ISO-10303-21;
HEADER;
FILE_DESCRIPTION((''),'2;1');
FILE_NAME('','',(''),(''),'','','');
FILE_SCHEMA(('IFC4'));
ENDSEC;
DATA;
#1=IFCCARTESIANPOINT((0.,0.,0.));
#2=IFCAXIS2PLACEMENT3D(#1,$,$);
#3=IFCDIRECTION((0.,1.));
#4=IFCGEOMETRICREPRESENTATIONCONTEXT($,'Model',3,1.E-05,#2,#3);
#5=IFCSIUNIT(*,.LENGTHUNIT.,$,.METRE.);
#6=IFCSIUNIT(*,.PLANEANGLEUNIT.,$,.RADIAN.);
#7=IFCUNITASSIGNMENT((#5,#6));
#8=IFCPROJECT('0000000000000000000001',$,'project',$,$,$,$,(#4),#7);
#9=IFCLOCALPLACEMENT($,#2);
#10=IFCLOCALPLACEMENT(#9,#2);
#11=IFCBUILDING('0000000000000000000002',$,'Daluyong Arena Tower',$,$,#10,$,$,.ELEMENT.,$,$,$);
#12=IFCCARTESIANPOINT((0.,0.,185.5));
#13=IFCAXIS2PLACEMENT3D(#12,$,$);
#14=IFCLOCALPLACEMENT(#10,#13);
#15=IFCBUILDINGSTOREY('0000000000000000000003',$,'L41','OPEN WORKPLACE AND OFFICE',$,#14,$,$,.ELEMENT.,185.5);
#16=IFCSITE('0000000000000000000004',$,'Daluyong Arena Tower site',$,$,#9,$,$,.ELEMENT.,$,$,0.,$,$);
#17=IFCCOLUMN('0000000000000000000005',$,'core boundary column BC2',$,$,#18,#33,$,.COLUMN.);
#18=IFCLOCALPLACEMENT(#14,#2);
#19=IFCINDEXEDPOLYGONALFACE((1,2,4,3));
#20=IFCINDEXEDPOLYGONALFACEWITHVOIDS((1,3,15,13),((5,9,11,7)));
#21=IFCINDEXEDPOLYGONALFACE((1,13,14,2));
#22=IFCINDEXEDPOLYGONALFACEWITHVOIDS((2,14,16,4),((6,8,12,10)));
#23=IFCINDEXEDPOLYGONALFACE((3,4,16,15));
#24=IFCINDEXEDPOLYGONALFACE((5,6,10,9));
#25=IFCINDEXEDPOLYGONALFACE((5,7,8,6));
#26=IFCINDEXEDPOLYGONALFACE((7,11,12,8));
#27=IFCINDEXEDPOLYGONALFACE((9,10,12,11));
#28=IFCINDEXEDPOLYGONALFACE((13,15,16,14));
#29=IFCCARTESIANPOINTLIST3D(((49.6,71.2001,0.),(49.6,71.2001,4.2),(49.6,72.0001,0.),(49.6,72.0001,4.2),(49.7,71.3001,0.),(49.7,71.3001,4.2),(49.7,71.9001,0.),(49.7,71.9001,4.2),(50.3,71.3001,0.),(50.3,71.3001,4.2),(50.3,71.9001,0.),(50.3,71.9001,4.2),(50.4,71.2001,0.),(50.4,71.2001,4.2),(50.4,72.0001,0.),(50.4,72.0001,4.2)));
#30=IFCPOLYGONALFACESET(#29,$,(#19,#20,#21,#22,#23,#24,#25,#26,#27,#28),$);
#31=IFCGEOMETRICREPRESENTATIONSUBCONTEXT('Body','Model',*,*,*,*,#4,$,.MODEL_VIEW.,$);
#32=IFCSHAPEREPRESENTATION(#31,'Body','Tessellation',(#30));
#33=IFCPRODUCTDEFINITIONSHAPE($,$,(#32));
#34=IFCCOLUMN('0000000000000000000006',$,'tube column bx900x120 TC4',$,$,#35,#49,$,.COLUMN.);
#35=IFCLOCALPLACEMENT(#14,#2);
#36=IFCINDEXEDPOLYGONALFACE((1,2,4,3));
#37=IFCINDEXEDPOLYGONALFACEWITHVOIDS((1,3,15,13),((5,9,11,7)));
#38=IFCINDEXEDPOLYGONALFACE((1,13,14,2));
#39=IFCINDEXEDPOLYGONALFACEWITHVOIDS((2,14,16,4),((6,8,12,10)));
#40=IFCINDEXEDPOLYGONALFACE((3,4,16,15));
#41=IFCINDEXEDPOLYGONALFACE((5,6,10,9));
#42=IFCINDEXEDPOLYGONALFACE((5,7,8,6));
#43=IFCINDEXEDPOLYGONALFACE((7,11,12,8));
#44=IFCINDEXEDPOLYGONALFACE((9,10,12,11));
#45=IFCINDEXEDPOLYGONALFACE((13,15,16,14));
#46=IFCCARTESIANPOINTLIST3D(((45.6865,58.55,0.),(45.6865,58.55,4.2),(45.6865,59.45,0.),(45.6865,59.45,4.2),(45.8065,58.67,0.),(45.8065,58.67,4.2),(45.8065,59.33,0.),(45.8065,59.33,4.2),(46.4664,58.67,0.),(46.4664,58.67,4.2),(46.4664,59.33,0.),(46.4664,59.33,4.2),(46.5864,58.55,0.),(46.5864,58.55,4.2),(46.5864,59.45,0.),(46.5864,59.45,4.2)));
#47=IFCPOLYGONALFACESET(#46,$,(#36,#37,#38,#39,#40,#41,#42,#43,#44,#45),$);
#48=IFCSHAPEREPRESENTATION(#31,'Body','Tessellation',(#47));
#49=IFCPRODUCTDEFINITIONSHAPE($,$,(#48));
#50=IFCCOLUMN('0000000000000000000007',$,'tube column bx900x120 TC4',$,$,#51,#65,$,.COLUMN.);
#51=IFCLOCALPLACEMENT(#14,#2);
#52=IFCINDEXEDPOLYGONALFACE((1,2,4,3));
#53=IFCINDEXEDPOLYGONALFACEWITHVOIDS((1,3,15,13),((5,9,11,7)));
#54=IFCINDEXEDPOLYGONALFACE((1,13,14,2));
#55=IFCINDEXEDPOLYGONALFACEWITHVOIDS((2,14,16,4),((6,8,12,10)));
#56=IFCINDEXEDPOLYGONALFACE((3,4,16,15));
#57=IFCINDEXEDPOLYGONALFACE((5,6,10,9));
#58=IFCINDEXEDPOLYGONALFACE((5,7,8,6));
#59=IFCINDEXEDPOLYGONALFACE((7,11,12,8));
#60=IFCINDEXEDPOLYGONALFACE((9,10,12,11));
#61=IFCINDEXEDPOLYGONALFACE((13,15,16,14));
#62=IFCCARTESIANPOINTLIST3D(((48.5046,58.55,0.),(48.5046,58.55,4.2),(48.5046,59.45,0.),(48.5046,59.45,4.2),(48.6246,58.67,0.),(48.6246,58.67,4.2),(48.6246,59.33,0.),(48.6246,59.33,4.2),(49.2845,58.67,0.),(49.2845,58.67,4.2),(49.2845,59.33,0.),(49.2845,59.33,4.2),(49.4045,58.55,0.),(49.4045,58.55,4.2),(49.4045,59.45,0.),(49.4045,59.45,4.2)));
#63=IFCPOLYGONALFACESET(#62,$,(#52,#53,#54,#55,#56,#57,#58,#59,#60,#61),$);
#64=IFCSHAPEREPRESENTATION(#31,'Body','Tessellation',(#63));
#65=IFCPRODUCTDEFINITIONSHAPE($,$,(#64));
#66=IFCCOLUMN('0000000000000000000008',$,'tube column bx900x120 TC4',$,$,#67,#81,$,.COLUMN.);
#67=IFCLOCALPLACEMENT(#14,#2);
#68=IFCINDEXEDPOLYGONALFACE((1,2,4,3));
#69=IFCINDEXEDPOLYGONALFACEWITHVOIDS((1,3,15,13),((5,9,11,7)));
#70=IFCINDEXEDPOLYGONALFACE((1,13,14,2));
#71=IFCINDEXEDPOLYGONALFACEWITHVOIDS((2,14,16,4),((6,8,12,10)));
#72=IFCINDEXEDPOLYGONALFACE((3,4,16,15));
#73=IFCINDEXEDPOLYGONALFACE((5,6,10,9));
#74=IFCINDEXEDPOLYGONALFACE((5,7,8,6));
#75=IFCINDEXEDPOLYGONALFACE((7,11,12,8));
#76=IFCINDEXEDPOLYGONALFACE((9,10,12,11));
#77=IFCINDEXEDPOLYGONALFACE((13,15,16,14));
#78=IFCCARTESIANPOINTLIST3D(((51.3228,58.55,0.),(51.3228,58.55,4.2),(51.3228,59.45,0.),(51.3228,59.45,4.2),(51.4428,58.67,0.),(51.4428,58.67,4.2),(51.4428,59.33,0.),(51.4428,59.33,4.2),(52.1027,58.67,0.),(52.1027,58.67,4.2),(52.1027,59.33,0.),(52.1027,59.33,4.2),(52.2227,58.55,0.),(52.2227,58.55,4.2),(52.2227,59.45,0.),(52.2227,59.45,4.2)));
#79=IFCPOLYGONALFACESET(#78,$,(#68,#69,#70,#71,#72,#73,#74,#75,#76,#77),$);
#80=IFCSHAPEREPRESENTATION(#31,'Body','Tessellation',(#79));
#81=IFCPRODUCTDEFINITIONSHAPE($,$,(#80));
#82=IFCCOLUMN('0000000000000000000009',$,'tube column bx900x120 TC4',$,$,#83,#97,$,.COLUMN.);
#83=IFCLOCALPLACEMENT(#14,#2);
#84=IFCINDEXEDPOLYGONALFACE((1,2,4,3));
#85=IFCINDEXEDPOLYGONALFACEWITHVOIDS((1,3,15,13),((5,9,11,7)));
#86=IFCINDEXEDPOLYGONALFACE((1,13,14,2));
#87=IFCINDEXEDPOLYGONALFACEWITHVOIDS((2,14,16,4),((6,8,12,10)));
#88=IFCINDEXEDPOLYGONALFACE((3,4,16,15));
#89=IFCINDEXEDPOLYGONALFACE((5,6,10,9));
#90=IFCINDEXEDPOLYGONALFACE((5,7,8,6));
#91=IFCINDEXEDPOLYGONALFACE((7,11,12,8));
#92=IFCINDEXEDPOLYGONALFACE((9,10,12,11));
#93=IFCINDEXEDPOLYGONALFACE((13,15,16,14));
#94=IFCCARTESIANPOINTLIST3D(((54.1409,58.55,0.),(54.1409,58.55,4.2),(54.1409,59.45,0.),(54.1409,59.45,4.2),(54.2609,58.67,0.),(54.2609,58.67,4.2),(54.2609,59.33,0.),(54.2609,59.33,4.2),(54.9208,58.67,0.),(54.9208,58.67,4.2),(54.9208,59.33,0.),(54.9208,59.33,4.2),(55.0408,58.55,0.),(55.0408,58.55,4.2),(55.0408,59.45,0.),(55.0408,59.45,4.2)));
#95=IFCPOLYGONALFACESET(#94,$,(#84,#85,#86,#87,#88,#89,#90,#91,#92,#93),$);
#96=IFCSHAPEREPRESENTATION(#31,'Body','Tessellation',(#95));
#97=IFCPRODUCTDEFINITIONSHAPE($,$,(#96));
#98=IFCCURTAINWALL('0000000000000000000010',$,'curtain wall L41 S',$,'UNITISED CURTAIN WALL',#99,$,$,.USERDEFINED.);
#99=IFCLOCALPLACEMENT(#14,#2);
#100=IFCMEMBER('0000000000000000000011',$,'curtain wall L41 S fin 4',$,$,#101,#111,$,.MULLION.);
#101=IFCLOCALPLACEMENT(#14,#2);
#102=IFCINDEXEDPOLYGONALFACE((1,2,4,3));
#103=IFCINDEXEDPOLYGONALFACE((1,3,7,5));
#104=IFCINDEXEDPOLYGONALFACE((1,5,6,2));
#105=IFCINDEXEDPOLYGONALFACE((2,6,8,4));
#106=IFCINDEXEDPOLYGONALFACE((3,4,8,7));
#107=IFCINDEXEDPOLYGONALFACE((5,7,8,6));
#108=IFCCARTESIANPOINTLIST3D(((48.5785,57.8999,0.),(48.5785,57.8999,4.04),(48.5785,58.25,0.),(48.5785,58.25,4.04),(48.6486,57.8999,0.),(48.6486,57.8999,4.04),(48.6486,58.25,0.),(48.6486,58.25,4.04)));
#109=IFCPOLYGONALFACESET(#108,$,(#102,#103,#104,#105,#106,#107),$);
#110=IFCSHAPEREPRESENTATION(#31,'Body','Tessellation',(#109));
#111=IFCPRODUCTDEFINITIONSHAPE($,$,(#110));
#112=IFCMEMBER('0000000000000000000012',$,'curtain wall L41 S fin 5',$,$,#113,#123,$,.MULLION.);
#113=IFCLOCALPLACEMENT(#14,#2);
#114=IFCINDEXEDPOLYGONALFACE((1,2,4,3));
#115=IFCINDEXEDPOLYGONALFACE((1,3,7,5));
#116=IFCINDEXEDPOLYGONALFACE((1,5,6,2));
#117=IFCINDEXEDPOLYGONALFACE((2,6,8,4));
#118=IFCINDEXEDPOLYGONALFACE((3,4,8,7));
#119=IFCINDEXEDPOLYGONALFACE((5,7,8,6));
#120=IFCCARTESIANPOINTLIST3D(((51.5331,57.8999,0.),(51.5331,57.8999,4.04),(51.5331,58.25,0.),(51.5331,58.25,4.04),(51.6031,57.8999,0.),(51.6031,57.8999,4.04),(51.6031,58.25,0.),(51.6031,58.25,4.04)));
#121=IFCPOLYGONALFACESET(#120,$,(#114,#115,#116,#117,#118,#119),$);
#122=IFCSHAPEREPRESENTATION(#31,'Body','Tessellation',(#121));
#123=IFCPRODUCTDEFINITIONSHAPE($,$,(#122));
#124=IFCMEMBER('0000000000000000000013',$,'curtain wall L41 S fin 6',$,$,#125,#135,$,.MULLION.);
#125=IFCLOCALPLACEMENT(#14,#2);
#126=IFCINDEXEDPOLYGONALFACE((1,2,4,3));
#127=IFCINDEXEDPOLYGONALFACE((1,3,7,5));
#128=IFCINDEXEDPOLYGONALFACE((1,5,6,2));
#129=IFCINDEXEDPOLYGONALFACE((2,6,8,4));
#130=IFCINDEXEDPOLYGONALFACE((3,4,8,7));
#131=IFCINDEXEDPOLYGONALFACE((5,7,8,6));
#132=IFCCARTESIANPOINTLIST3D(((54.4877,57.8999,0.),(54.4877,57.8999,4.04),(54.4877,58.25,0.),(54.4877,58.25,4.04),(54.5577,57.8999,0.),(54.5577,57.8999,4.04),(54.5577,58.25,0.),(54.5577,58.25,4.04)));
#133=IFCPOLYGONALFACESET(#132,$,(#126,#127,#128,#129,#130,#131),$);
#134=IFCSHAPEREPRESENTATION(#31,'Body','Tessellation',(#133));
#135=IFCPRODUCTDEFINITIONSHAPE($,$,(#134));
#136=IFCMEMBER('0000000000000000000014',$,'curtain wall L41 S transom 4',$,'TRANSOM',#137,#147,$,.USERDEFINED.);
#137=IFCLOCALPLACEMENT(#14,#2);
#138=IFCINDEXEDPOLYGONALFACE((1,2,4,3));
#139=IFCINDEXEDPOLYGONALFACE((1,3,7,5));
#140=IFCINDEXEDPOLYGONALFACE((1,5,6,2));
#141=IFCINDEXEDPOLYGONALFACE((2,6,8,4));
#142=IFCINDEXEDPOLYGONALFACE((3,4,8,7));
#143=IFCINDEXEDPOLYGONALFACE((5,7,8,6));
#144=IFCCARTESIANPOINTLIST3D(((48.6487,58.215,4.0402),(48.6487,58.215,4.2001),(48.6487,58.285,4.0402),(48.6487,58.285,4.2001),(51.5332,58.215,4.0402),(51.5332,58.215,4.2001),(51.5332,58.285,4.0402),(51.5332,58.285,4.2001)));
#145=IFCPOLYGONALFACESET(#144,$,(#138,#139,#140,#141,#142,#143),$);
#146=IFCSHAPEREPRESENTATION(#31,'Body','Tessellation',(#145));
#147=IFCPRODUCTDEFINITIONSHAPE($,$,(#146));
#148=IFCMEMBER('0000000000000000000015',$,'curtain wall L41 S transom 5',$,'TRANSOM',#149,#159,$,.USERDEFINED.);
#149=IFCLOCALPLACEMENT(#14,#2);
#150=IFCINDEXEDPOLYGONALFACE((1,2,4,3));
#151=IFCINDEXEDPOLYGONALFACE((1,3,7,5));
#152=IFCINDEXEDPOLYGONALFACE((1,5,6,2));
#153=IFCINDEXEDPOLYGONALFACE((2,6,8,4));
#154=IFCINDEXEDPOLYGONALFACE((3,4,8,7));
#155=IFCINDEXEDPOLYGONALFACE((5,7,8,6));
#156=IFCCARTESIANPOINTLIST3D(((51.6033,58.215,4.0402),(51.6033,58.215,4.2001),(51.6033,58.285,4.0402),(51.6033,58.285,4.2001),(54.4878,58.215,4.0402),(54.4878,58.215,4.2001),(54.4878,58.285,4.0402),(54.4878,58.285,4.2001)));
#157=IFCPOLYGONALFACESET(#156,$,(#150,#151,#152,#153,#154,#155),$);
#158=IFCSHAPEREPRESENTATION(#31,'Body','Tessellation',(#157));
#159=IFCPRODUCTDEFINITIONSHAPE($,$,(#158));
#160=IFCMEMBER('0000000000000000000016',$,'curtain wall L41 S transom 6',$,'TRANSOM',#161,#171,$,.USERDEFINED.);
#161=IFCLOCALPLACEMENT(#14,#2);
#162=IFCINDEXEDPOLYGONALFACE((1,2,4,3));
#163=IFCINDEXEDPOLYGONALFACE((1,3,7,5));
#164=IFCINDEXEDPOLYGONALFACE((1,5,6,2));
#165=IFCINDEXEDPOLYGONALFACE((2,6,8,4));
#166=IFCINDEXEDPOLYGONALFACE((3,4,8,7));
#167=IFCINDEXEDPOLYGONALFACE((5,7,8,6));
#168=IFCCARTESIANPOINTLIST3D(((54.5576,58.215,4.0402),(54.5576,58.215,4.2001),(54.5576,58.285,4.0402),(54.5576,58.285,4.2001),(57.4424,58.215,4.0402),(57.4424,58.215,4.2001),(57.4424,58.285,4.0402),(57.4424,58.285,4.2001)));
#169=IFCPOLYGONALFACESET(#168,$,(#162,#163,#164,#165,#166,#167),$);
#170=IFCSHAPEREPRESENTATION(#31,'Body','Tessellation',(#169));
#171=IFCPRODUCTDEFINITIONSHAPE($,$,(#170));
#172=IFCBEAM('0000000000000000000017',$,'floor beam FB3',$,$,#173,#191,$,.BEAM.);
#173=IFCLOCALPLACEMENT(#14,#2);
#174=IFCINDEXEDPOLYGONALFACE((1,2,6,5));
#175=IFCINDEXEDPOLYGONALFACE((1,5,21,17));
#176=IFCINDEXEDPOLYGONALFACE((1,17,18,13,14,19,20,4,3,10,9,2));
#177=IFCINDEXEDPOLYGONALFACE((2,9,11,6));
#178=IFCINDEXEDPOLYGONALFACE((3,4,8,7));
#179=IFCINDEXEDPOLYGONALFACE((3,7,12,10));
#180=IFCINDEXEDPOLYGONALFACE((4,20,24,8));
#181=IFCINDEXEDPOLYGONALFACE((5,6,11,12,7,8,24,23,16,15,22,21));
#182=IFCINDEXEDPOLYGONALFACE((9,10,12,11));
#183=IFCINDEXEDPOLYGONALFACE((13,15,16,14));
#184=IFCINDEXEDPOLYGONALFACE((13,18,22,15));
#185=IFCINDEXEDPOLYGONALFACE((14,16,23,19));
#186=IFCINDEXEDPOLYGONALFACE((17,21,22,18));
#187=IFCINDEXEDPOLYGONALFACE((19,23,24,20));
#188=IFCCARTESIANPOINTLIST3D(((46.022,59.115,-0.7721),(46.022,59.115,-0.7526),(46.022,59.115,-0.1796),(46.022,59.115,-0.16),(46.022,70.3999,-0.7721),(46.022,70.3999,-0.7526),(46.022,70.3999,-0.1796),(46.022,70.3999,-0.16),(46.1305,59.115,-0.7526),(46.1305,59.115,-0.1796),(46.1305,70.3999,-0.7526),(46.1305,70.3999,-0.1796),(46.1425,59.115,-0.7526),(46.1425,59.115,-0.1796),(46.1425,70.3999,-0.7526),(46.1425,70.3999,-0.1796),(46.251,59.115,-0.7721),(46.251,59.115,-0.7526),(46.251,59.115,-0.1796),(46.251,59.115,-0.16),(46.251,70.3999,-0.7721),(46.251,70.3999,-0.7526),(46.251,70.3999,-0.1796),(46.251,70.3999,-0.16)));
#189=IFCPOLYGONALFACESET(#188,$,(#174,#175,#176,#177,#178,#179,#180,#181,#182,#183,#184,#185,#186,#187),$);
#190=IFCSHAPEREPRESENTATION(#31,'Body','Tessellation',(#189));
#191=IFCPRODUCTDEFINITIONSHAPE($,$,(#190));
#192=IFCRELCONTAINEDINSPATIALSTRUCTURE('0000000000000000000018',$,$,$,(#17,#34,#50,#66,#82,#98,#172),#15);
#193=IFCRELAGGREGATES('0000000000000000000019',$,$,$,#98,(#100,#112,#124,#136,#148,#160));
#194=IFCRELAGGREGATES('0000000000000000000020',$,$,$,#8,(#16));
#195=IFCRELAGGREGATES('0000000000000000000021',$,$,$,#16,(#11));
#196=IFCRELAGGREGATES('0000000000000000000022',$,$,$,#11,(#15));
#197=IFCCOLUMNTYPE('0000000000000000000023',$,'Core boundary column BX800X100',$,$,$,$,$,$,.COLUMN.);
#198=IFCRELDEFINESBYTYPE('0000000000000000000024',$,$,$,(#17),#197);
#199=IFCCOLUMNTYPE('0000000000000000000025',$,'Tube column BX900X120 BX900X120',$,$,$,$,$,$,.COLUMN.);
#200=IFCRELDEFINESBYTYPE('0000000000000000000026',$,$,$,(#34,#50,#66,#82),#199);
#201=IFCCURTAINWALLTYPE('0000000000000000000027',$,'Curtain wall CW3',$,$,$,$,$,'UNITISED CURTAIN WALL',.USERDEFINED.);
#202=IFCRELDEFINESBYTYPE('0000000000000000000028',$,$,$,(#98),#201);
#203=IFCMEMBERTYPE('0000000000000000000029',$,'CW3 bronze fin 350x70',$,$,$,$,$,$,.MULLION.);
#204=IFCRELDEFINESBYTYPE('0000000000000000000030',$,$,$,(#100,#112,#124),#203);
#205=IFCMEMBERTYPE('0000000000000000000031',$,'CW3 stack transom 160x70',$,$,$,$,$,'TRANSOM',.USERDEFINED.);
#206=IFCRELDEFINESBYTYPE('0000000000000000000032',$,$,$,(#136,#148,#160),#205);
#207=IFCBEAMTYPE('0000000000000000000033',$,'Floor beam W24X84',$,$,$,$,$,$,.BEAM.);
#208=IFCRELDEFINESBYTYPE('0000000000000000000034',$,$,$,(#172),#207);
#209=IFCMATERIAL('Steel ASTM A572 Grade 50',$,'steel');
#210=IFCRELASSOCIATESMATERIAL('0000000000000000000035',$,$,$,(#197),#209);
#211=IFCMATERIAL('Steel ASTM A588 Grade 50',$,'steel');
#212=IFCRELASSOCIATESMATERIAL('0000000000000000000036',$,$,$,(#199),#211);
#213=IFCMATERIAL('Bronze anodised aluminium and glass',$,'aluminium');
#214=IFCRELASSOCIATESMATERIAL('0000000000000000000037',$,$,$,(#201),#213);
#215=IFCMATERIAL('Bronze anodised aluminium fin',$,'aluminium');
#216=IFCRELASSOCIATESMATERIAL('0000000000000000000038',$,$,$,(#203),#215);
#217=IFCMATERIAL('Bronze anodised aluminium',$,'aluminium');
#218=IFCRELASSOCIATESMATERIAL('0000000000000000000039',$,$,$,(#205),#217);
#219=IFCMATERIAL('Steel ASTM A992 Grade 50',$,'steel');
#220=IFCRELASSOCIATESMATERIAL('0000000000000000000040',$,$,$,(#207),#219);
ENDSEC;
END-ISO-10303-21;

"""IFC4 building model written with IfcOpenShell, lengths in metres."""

from ifc_helpers import new_model, si_unit, direction, frame, origin, origin_2d, place, context, subcontext, project, spatial, rectangle, hollow_rectangle, i_section, extrude, material, material_profile, profile_set, type_object, element, aggregate, save


model = new_model("IFC4")

# Units and contexts
model_context = context("Model", 3, precision=1e-05, world=origin(), true_north=direction((0.0, 1.0)))
body_context = subcontext(model_context, "Body", "Model", "MODEL_VIEW")
ifc_project = project(units=[si_unit("LENGTHUNIT", "METRE"), si_unit("PLANEANGLEUNIT", "RADIAN")], contexts=[model_context])

# Site, building, storey
site_placement = place(None, origin())
site = spatial("IfcSite", under=ifc_project, at=site_placement, Name="Daluyong Arena Tower site", CompositionType="ELEMENT", RefElevation=0.0)
building_placement = place(site_placement, origin())
building = spatial("IfcBuilding", under=site, at=building_placement, Name="Daluyong Arena Tower", CompositionType="ELEMENT")
storey_placement = place(building_placement, frame((0.0, 0.0, 185.5)))
storey = spatial("IfcBuildingStorey", under=building, at=storey_placement, Name="L41", Description="OPEN WORKPLACE AND OFFICE", CompositionType="ELEMENT", Elevation=185.5)

# Columns
ifc_material_1 = material(Name="Steel ASTM A572 Grade 50", Category="steel")
ifc_material_profile_1 = material_profile(ifc_material_1, hollow_rectangle(XDim=0.8, YDim=0.8, WallThickness=0.1, at=origin_2d()))
ifc_profile_set_1 = profile_set([ifc_material_profile_1], Name="Steel ASTM A572 Grade 50")
column_type_1 = type_object("IfcColumnType", Name="Core boundary column BX800X100", PredefinedType="COLUMN", material=ifc_profile_set_1)
column_placement = place(storey_placement, frame((50.0, 71.6001, 0.0), z_axis=(0.0, 0.0, 1.0), x_axis=(1.0, 0.0, 0.0)))
element("IfcColumn", 1, at=column_placement, inside=storey, type_object=column_type_1, Name="core boundary column BC2", PredefinedType="COLUMN", context=body_context, shape_type="SweptSolid", body=[
    extrude(hollow_rectangle(XDim=0.8, YDim=0.8, WallThickness=0.1, at=origin_2d()), origin(), (0.0, 0.0, 1.0), 4.2),
])
ifc_material_2 = material(Name="Steel ASTM A588 Grade 50", Category="steel")
ifc_material_profile_2 = material_profile(ifc_material_2, hollow_rectangle(XDim=0.8999, YDim=0.8999, WallThickness=0.12, at=origin_2d()))
ifc_profile_set_2 = profile_set([ifc_material_profile_2], Name="Steel ASTM A588 Grade 50")
column_type_2 = type_object("IfcColumnType", Name="Tube column BX900X120 BX900X120", PredefinedType="COLUMN", material=ifc_profile_set_2)
for number, where, z_axis, x_axis, name in (
    (2, (46.1365, 59.0, 0.0), (0.0, 0.0, 1.0), (1.0, 0.0, 0.0), "tube column bx900x120 TC4"),
    (3, (48.9546, 59.0, 0.0), (0.0, 0.0, 1.0), (1.0, 0.0, 0.0), "tube column bx900x120 TC4"),
    (4, (51.7727, 59.0, 0.0), (0.0, 0.0, 1.0), (1.0, 0.0, 0.0), "tube column bx900x120 TC4"),
    (5, (54.5908, 59.0, 0.0), (0.0, 0.0, 1.0), (1.0, 0.0, 0.0), "tube column bx900x120 TC4"),
):
    element("IfcColumn", number, at=place(storey_placement, frame(where, z_axis=z_axis, x_axis=x_axis)), inside=storey, type_object=column_type_2, Name=name, PredefinedType="COLUMN", context=body_context, shape_type="SweptSolid", body=[
        extrude(hollow_rectangle(XDim=0.8999, YDim=0.8999, WallThickness=0.12, at=origin_2d()), origin(), (0.0, 0.0, 1.0), 4.2),
    ])

# Curtain wall, members
ifc_material_3 = material(Name="Bronze anodised aluminium and glass", Category="aluminium")
curtain_wall_type = type_object("IfcCurtainWallType", Name="Curtain wall CW3", ElementType="UNITISED CURTAIN WALL", PredefinedType="USERDEFINED", material=ifc_material_3)
curtain_wall_placement = place(storey_placement, origin())
curtain_wall = element("IfcCurtainWall", 6, at=curtain_wall_placement, inside=storey, type_object=curtain_wall_type, Name="curtain wall L41 S", ObjectType="UNITISED CURTAIN WALL", PredefinedType="USERDEFINED")
ifc_material_4 = material(Name="Bronze anodised aluminium fin", Category="aluminium")
ifc_material_profile_3 = material_profile(ifc_material_4, rectangle(XDim=0.3501, YDim=0.0701, at=origin_2d()))
ifc_profile_set_3 = profile_set([ifc_material_profile_3], Name="Bronze anodised aluminium fin")
member_type_1 = type_object("IfcMemberType", Name="CW3 bronze fin 350x70", PredefinedType="MULLION", material=ifc_profile_set_3)
member_1_placement = place(storey_placement, frame((48.6135, 58.075, 0.0), z_axis=(0.0, 0.0, 1.0), x_axis=(0.0, 1.0, 0.0)))
member_1 = element("IfcMember", 7, at=member_1_placement, type_object=member_type_1, Name="curtain wall L41 S fin 4", PredefinedType="MULLION", context=body_context, shape_type="SweptSolid", body=[
    extrude(rectangle(XDim=0.3501, YDim=0.0701, at=origin_2d()), origin(), (0.0, 0.0, 1.0), 4.04),
])
member_2_placement = place(storey_placement, frame((51.5681, 58.075, 0.0), z_axis=(0.0, 0.0, 1.0), x_axis=(0.0, 1.0, 0.0)))
member_2 = element("IfcMember", 8, at=member_2_placement, type_object=member_type_1, Name="curtain wall L41 S fin 5", PredefinedType="MULLION", context=body_context, shape_type="SweptSolid", body=[
    extrude(rectangle(XDim=0.3501, YDim=0.0701, at=origin_2d()), origin(), (0.0, 0.0, 1.0), 4.04),
])
member_3_placement = place(storey_placement, frame((54.5227, 58.075, 0.0), z_axis=(0.0, 0.0, 1.0), x_axis=(0.0, 1.0, 0.0)))
member_3 = element("IfcMember", 9, at=member_3_placement, type_object=member_type_1, Name="curtain wall L41 S fin 6", PredefinedType="MULLION", context=body_context, shape_type="SweptSolid", body=[
    extrude(rectangle(XDim=0.3501, YDim=0.0701, at=origin_2d()), origin(), (0.0, 0.0, 1.0), 4.04),
])
ifc_material_5 = material(Name="Bronze anodised aluminium", Category="aluminium")
ifc_material_profile_4 = material_profile(ifc_material_5, rectangle(XDim=0.0701, YDim=0.1599, at=origin_2d()))
ifc_profile_set_4 = profile_set([ifc_material_profile_4], Name="Bronze anodised aluminium")
member_type_2 = type_object("IfcMemberType", Name="CW3 stack transom 160x70", ElementType="TRANSOM", PredefinedType="USERDEFINED", material=ifc_profile_set_4)
member_4_placement = place(storey_placement, frame((48.6487, 58.25, 4.1201), z_axis=(1.0, 0.0, 0.0), x_axis=(0.0, 1.0, 0.0)))
member_4 = element("IfcMember", 10, at=member_4_placement, type_object=member_type_2, Name="curtain wall L41 S transom 4", ObjectType="TRANSOM", PredefinedType="USERDEFINED", context=body_context, shape_type="SweptSolid", body=[
    extrude(rectangle(XDim=0.0701, YDim=0.1599, at=origin_2d()), origin(), (0.0, 0.0, 1.0), 2.8845),
])
member_5_placement = place(storey_placement, frame((51.6033, 58.25, 4.1201), z_axis=(1.0, 0.0, 0.0), x_axis=(0.0, 1.0, 0.0)))
member_5 = element("IfcMember", 11, at=member_5_placement, type_object=member_type_2, Name="curtain wall L41 S transom 5", ObjectType="TRANSOM", PredefinedType="USERDEFINED", context=body_context, shape_type="SweptSolid", body=[
    extrude(rectangle(XDim=0.0701, YDim=0.1599, at=origin_2d()), origin(), (0.0, 0.0, 1.0), 2.8845),
])
member_6_placement = place(storey_placement, frame((54.5576, 58.25, 4.1201), z_axis=(1.0, 0.0, 0.0), x_axis=(0.0, 1.0, 0.0)))
member_6 = element("IfcMember", 12, at=member_6_placement, type_object=member_type_2, Name="curtain wall L41 S transom 6", ObjectType="TRANSOM", PredefinedType="USERDEFINED", context=body_context, shape_type="SweptSolid", body=[
    extrude(rectangle(XDim=0.0701, YDim=0.1599, at=origin_2d()), origin(), (0.0, 0.0, 1.0), 2.8848),
])

# Beam
ifc_material_6 = material(Name="Steel ASTM A992 Grade 50", Category="steel")
ifc_material_profile_5 = material_profile(ifc_material_6, i_section(OverallWidth=0.229, OverallDepth=0.6121, WebThickness=0.012, FlangeThickness=0.0195, at=origin_2d()))
ifc_profile_set_5 = profile_set([ifc_material_profile_5], Name="Steel ASTM A992 Grade 50")
beam_type_1 = type_object("IfcBeamType", Name="Floor beam W24X84", PredefinedType="BEAM", material=ifc_profile_set_5)
for number, where, z_axis, x_axis, name in (
    (13, (46.1365, 59.115, -0.4661), (0.0, 1.0, 0.0), (-1.0, 0.0, 0.0), "floor beam FB3"),
):
    element("IfcBeam", number, at=place(storey_placement, frame(where, z_axis=z_axis, x_axis=x_axis)), inside=storey, type_object=beam_type_1, Name=name, PredefinedType="BEAM", context=body_context, shape_type="SweptSolid", body=[
        extrude(i_section(OverallWidth=0.229, OverallDepth=0.6121, WebThickness=0.012, FlangeThickness=0.0195, at=origin_2d()), origin(), (0.0, 0.0, 1.0), 11.2849),
    ])

aggregate(curtain_wall, [member_1, member_2, member_3, member_4, member_5, member_6])

save(model, "model.ifc")
